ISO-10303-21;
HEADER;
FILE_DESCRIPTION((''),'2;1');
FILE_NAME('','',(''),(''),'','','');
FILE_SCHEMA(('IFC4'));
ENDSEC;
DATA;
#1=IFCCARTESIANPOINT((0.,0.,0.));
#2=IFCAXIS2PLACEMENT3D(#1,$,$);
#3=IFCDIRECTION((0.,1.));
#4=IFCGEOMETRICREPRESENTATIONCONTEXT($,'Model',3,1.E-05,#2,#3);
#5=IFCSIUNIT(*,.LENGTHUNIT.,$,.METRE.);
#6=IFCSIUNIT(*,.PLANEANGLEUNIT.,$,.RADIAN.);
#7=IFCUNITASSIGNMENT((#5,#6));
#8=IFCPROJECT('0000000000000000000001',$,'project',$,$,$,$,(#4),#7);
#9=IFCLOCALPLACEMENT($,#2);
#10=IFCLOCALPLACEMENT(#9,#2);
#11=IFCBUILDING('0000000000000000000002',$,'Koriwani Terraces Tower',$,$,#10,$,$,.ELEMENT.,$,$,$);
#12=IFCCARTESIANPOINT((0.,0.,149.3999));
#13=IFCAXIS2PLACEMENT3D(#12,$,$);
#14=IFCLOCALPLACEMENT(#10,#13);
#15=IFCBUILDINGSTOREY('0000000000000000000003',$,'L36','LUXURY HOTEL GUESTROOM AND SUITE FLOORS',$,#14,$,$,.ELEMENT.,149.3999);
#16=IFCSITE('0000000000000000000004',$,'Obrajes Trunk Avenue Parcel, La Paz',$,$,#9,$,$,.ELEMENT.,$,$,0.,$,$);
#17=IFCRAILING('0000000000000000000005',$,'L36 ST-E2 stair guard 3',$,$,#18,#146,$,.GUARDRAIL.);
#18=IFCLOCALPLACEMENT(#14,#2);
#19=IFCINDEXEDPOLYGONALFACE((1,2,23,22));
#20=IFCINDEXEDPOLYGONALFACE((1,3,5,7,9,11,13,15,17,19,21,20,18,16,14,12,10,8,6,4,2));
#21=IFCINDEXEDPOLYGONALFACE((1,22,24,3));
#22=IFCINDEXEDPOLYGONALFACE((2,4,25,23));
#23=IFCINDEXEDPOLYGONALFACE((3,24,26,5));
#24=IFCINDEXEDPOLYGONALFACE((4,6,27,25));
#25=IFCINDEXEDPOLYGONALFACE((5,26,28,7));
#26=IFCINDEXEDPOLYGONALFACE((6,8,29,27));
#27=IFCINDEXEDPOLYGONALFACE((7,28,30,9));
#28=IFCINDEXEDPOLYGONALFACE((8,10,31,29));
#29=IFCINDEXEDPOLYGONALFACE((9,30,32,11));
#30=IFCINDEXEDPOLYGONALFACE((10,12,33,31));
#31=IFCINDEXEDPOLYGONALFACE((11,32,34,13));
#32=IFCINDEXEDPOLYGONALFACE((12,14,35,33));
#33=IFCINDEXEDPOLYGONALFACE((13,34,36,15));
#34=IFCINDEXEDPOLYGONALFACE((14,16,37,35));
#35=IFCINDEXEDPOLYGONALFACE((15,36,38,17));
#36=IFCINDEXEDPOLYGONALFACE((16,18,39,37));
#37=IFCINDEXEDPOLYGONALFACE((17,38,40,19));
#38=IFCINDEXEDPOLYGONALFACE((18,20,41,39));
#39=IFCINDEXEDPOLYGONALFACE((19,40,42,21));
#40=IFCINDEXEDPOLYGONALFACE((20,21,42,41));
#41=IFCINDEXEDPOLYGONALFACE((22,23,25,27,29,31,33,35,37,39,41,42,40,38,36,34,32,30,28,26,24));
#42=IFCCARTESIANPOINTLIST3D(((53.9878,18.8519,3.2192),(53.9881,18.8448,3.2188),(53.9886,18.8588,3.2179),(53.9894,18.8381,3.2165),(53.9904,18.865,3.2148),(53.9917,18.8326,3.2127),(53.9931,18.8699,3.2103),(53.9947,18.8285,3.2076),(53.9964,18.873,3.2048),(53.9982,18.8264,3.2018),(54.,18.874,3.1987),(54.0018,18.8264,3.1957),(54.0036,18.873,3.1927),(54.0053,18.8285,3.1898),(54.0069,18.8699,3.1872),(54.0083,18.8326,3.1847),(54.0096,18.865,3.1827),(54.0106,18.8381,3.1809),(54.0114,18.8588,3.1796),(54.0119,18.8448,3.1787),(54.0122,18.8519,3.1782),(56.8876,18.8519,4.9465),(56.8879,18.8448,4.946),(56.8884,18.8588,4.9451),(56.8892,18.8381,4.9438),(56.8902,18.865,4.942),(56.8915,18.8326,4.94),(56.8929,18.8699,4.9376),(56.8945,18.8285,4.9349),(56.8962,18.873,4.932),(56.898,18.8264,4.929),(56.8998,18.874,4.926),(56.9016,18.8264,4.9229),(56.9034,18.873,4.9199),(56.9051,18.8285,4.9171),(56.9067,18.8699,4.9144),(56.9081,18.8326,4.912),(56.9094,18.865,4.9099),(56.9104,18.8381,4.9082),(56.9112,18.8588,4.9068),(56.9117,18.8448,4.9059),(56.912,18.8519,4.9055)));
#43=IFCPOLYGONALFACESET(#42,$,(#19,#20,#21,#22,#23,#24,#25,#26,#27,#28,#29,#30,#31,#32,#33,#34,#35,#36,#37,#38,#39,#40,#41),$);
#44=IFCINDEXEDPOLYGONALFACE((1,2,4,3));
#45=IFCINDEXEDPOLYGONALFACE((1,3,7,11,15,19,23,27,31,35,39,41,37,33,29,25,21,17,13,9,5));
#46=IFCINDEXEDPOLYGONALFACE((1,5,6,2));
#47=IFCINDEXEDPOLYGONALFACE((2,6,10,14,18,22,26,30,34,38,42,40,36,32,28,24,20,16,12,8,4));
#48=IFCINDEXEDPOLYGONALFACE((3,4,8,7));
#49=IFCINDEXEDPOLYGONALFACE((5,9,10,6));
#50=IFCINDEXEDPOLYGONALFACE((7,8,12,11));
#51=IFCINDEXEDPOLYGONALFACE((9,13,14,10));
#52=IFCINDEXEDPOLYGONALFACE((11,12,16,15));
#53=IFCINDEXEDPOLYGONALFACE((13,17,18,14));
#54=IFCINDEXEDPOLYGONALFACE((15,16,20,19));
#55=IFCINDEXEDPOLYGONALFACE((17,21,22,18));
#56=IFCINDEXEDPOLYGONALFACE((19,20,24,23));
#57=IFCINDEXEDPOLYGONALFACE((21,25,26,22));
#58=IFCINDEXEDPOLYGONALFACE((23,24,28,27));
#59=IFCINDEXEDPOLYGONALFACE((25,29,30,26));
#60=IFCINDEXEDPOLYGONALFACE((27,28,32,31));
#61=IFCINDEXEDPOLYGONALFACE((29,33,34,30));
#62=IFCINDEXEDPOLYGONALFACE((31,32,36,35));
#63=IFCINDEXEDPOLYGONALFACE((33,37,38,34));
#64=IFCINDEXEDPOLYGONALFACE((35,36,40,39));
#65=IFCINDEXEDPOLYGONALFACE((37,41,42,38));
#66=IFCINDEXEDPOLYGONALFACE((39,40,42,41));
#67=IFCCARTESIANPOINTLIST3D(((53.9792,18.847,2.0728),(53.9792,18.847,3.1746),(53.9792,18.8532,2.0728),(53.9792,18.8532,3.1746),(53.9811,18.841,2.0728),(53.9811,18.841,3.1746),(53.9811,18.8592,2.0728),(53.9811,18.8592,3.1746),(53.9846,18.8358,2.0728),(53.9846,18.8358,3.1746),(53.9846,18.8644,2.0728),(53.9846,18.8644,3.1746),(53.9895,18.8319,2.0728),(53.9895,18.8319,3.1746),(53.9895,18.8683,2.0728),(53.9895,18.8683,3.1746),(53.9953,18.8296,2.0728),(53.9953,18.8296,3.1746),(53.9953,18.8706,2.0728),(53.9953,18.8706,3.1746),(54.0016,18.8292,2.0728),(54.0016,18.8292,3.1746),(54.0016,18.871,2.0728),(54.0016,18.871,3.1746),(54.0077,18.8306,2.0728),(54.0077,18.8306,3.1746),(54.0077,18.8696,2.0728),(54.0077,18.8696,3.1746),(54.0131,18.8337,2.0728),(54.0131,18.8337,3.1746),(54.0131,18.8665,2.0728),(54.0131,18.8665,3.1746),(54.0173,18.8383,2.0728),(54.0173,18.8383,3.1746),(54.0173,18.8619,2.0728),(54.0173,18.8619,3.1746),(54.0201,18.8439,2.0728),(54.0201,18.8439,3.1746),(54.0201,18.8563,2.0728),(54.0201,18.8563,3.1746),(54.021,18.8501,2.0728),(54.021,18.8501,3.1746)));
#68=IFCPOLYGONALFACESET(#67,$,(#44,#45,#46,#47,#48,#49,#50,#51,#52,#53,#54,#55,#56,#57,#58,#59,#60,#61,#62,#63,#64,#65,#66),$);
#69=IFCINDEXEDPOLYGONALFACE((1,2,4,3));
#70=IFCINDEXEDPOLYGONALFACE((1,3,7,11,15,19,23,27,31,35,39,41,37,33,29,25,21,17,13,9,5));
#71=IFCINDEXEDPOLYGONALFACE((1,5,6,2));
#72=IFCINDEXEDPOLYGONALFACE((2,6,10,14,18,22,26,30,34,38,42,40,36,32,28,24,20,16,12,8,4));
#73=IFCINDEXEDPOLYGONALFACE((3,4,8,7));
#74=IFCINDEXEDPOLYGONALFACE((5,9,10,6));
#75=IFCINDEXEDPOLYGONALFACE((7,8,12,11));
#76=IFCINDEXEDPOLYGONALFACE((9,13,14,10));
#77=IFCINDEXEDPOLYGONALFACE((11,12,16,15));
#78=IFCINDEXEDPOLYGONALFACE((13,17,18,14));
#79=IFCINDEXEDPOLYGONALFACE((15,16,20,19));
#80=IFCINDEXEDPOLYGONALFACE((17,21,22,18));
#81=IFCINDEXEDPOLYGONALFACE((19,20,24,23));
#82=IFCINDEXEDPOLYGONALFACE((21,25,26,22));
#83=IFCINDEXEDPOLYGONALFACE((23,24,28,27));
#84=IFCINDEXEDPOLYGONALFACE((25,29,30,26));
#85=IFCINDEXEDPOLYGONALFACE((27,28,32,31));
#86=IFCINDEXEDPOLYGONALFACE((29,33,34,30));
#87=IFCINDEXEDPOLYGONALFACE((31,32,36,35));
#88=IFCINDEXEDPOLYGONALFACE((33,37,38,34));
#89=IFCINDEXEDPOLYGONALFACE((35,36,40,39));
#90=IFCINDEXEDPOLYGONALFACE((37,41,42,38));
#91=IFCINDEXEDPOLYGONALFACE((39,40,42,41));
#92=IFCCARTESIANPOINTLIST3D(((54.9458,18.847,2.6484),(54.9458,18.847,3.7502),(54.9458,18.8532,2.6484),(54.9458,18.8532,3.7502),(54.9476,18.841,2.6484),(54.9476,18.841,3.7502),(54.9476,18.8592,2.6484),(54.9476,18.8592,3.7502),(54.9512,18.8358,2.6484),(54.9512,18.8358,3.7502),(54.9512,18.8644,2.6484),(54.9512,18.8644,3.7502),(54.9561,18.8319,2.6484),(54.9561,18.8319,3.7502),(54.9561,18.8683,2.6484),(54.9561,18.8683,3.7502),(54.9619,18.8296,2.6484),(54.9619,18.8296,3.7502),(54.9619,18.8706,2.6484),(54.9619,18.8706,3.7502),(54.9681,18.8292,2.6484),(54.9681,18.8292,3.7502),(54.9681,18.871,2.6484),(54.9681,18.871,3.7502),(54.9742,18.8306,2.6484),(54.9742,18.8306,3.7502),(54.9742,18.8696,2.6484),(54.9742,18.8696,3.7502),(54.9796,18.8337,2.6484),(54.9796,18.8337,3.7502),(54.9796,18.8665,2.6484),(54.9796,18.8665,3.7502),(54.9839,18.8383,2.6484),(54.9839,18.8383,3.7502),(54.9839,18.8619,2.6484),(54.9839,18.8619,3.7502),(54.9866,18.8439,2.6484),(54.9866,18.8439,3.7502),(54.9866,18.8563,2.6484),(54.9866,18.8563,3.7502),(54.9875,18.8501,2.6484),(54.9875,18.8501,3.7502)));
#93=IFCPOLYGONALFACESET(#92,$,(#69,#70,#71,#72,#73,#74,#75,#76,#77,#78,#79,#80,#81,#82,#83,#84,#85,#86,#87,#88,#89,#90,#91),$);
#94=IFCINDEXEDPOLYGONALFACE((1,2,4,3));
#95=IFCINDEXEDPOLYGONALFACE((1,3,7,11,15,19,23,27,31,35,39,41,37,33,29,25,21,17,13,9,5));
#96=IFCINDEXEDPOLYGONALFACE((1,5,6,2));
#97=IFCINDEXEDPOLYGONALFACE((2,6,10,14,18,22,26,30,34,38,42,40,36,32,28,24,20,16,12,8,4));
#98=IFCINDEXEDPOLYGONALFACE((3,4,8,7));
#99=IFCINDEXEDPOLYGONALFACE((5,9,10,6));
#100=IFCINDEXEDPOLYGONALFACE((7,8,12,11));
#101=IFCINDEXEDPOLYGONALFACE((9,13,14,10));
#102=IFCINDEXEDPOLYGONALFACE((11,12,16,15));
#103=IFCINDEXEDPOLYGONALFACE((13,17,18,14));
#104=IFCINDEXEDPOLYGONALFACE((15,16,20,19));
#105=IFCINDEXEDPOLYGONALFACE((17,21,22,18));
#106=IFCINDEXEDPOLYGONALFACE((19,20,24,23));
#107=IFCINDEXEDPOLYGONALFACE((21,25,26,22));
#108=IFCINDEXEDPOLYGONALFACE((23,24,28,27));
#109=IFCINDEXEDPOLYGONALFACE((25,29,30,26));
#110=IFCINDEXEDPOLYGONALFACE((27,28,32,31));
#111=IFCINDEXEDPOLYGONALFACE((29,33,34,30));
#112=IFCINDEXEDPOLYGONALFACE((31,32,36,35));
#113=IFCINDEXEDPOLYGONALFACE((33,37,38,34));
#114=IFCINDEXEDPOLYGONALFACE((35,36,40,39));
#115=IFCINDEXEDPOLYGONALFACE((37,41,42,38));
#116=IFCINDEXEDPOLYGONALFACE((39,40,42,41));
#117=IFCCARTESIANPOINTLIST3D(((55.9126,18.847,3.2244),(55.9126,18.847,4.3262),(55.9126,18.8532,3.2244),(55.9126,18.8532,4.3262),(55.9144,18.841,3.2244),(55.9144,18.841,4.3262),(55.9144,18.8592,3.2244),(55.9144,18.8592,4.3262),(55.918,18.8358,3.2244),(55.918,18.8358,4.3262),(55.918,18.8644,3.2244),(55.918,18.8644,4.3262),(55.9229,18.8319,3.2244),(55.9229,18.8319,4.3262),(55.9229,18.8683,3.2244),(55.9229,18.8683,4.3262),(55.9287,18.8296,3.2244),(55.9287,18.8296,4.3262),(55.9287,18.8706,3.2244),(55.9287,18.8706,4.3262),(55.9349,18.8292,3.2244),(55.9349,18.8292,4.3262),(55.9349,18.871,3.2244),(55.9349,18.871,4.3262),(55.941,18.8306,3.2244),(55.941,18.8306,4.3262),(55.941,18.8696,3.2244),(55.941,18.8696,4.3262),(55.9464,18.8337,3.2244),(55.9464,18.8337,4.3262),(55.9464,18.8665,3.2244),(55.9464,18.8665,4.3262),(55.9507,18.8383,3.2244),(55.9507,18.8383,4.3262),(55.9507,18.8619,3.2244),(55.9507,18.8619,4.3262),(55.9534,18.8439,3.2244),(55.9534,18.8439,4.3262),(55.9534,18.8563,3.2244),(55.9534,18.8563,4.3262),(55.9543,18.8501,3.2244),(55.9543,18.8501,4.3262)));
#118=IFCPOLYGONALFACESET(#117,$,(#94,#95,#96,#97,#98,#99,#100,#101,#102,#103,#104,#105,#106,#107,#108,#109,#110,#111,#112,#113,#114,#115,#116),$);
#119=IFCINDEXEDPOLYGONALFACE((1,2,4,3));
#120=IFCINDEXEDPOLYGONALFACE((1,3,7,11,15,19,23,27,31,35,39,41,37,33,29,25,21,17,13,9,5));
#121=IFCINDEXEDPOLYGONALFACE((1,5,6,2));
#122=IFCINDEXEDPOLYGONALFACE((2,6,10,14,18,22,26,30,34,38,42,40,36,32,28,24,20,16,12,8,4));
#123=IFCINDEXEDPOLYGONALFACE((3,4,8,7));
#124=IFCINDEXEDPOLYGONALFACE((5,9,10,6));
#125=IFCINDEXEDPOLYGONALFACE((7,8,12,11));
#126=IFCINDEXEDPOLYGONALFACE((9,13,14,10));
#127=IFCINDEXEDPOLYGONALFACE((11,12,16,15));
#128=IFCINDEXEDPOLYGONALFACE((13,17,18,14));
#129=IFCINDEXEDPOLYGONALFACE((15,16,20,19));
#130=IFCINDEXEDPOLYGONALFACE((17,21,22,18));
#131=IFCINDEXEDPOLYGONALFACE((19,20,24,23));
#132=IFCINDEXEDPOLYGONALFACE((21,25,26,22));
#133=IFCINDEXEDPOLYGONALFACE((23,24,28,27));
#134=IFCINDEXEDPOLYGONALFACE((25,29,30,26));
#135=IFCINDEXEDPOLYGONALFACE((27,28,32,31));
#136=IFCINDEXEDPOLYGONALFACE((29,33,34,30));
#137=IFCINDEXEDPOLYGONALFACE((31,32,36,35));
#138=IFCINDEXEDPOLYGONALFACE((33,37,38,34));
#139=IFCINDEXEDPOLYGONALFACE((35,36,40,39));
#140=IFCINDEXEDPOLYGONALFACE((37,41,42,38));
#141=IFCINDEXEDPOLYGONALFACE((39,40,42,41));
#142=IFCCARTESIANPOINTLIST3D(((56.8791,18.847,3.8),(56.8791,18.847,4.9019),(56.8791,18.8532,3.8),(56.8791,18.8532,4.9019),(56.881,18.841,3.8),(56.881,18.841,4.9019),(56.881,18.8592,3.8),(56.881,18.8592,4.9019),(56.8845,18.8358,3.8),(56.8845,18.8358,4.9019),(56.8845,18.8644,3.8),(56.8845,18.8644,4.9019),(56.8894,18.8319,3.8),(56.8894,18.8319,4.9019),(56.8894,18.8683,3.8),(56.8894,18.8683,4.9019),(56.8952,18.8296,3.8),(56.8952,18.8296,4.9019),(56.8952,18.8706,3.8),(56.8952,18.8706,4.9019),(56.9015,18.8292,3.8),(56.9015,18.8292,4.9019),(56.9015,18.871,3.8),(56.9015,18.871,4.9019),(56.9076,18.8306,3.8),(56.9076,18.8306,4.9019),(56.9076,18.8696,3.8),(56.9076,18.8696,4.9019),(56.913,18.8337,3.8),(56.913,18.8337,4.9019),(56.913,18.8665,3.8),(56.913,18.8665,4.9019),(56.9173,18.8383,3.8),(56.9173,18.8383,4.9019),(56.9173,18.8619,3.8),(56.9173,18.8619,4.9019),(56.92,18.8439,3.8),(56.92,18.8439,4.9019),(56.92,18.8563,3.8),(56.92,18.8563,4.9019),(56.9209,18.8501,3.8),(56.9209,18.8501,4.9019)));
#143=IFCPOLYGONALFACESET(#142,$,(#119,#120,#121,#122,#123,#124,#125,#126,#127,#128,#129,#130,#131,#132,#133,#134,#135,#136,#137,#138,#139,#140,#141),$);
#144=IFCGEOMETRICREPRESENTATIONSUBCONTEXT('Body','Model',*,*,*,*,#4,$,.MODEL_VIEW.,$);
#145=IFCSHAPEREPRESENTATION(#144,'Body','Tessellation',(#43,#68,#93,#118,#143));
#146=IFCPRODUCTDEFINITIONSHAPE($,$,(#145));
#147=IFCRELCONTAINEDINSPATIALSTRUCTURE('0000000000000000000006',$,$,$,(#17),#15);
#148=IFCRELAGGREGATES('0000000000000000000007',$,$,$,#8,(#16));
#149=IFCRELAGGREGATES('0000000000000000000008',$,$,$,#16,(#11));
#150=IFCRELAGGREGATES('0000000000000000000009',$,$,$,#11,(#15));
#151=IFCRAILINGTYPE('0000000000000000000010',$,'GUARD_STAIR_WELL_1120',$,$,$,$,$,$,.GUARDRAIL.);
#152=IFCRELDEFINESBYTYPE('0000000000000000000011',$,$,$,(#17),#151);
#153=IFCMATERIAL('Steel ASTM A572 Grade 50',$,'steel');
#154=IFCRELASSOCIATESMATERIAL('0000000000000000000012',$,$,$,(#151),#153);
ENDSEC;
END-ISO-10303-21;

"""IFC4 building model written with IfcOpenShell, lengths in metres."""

from ifc_helpers import new_model, si_unit, direction, frame, origin, origin_2d, place, context, subcontext, project, spatial, circle, extrude, material, type_object, element, save


model = new_model("IFC4")

# Units and contexts
model_context = context("Model", 3, precision=1e-05, world=origin(), true_north=direction((0.0, 1.0)))
body_context = subcontext(model_context, "Body", "Model", "MODEL_VIEW")
ifc_project = project(units=[si_unit("LENGTHUNIT", "METRE"), si_unit("PLANEANGLEUNIT", "RADIAN")], contexts=[model_context])

# Site, building, storey
site_placement = place(None, origin())
site = spatial("IfcSite", under=ifc_project, at=site_placement, Name="Obrajes Trunk Avenue Parcel, La Paz", CompositionType="ELEMENT", RefElevation=0.0)
building_placement = place(site_placement, origin())
building = spatial("IfcBuilding", under=site, at=building_placement, Name="Koriwani Terraces Tower", CompositionType="ELEMENT")
storey_placement = place(building_placement, frame((0.0, 0.0, 149.3999)))
storey = spatial("IfcBuildingStorey", under=building, at=storey_placement, Name="L36", Description="LUXURY HOTEL GUESTROOM AND SUITE FLOORS", CompositionType="ELEMENT", Elevation=149.3999)

# Shared definitions
ifc_material_1 = material(Name="Steel ASTM A572 Grade 50", Category="steel")

# Railing
railing_type_1 = type_object("IfcRailingType", Name="GUARD_STAIR_WELL_1120", PredefinedType="GUARDRAIL", material=ifc_material_1)
railing_1_placement = place(storey_placement, frame((54.0, 18.8501, 2.0728)))
element("IfcRailing", 1, at=railing_1_placement, inside=storey, type_object=railing_type_1, Name="L36 ST-E2 stair guard 3", PredefinedType="GUARDRAIL", context=body_context, shape_type="SweptSolid", body=[
    extrude(circle(Radius=0.0239, at=origin_2d()), frame((0.0, 0.0, 1.126), z_axis=(0.859141, 0.0, 0.511738), x_axis=(0.0, 1.0, 0.0)), (0.0, 0.0, 1.0), 3.3752),
    extrude(circle(Radius=0.021, at=origin_2d()), origin(), (0.0, 0.0, 1.0), 1.1018),
    extrude(circle(Radius=0.021, at=origin_2d()), frame((0.9666, 0.0, 0.5757)), (0.0, 0.0, 1.0), 1.1018),
    extrude(circle(Radius=0.021, at=origin_2d()), frame((1.9333, 0.0, 1.1516)), (0.0, 0.0, 1.0), 1.1018),
    extrude(circle(Radius=0.021, at=origin_2d()), frame((2.8999, 0.0, 1.7273)), (0.0, 0.0, 1.0), 1.1018),
])

save(model, "model.ifc")
